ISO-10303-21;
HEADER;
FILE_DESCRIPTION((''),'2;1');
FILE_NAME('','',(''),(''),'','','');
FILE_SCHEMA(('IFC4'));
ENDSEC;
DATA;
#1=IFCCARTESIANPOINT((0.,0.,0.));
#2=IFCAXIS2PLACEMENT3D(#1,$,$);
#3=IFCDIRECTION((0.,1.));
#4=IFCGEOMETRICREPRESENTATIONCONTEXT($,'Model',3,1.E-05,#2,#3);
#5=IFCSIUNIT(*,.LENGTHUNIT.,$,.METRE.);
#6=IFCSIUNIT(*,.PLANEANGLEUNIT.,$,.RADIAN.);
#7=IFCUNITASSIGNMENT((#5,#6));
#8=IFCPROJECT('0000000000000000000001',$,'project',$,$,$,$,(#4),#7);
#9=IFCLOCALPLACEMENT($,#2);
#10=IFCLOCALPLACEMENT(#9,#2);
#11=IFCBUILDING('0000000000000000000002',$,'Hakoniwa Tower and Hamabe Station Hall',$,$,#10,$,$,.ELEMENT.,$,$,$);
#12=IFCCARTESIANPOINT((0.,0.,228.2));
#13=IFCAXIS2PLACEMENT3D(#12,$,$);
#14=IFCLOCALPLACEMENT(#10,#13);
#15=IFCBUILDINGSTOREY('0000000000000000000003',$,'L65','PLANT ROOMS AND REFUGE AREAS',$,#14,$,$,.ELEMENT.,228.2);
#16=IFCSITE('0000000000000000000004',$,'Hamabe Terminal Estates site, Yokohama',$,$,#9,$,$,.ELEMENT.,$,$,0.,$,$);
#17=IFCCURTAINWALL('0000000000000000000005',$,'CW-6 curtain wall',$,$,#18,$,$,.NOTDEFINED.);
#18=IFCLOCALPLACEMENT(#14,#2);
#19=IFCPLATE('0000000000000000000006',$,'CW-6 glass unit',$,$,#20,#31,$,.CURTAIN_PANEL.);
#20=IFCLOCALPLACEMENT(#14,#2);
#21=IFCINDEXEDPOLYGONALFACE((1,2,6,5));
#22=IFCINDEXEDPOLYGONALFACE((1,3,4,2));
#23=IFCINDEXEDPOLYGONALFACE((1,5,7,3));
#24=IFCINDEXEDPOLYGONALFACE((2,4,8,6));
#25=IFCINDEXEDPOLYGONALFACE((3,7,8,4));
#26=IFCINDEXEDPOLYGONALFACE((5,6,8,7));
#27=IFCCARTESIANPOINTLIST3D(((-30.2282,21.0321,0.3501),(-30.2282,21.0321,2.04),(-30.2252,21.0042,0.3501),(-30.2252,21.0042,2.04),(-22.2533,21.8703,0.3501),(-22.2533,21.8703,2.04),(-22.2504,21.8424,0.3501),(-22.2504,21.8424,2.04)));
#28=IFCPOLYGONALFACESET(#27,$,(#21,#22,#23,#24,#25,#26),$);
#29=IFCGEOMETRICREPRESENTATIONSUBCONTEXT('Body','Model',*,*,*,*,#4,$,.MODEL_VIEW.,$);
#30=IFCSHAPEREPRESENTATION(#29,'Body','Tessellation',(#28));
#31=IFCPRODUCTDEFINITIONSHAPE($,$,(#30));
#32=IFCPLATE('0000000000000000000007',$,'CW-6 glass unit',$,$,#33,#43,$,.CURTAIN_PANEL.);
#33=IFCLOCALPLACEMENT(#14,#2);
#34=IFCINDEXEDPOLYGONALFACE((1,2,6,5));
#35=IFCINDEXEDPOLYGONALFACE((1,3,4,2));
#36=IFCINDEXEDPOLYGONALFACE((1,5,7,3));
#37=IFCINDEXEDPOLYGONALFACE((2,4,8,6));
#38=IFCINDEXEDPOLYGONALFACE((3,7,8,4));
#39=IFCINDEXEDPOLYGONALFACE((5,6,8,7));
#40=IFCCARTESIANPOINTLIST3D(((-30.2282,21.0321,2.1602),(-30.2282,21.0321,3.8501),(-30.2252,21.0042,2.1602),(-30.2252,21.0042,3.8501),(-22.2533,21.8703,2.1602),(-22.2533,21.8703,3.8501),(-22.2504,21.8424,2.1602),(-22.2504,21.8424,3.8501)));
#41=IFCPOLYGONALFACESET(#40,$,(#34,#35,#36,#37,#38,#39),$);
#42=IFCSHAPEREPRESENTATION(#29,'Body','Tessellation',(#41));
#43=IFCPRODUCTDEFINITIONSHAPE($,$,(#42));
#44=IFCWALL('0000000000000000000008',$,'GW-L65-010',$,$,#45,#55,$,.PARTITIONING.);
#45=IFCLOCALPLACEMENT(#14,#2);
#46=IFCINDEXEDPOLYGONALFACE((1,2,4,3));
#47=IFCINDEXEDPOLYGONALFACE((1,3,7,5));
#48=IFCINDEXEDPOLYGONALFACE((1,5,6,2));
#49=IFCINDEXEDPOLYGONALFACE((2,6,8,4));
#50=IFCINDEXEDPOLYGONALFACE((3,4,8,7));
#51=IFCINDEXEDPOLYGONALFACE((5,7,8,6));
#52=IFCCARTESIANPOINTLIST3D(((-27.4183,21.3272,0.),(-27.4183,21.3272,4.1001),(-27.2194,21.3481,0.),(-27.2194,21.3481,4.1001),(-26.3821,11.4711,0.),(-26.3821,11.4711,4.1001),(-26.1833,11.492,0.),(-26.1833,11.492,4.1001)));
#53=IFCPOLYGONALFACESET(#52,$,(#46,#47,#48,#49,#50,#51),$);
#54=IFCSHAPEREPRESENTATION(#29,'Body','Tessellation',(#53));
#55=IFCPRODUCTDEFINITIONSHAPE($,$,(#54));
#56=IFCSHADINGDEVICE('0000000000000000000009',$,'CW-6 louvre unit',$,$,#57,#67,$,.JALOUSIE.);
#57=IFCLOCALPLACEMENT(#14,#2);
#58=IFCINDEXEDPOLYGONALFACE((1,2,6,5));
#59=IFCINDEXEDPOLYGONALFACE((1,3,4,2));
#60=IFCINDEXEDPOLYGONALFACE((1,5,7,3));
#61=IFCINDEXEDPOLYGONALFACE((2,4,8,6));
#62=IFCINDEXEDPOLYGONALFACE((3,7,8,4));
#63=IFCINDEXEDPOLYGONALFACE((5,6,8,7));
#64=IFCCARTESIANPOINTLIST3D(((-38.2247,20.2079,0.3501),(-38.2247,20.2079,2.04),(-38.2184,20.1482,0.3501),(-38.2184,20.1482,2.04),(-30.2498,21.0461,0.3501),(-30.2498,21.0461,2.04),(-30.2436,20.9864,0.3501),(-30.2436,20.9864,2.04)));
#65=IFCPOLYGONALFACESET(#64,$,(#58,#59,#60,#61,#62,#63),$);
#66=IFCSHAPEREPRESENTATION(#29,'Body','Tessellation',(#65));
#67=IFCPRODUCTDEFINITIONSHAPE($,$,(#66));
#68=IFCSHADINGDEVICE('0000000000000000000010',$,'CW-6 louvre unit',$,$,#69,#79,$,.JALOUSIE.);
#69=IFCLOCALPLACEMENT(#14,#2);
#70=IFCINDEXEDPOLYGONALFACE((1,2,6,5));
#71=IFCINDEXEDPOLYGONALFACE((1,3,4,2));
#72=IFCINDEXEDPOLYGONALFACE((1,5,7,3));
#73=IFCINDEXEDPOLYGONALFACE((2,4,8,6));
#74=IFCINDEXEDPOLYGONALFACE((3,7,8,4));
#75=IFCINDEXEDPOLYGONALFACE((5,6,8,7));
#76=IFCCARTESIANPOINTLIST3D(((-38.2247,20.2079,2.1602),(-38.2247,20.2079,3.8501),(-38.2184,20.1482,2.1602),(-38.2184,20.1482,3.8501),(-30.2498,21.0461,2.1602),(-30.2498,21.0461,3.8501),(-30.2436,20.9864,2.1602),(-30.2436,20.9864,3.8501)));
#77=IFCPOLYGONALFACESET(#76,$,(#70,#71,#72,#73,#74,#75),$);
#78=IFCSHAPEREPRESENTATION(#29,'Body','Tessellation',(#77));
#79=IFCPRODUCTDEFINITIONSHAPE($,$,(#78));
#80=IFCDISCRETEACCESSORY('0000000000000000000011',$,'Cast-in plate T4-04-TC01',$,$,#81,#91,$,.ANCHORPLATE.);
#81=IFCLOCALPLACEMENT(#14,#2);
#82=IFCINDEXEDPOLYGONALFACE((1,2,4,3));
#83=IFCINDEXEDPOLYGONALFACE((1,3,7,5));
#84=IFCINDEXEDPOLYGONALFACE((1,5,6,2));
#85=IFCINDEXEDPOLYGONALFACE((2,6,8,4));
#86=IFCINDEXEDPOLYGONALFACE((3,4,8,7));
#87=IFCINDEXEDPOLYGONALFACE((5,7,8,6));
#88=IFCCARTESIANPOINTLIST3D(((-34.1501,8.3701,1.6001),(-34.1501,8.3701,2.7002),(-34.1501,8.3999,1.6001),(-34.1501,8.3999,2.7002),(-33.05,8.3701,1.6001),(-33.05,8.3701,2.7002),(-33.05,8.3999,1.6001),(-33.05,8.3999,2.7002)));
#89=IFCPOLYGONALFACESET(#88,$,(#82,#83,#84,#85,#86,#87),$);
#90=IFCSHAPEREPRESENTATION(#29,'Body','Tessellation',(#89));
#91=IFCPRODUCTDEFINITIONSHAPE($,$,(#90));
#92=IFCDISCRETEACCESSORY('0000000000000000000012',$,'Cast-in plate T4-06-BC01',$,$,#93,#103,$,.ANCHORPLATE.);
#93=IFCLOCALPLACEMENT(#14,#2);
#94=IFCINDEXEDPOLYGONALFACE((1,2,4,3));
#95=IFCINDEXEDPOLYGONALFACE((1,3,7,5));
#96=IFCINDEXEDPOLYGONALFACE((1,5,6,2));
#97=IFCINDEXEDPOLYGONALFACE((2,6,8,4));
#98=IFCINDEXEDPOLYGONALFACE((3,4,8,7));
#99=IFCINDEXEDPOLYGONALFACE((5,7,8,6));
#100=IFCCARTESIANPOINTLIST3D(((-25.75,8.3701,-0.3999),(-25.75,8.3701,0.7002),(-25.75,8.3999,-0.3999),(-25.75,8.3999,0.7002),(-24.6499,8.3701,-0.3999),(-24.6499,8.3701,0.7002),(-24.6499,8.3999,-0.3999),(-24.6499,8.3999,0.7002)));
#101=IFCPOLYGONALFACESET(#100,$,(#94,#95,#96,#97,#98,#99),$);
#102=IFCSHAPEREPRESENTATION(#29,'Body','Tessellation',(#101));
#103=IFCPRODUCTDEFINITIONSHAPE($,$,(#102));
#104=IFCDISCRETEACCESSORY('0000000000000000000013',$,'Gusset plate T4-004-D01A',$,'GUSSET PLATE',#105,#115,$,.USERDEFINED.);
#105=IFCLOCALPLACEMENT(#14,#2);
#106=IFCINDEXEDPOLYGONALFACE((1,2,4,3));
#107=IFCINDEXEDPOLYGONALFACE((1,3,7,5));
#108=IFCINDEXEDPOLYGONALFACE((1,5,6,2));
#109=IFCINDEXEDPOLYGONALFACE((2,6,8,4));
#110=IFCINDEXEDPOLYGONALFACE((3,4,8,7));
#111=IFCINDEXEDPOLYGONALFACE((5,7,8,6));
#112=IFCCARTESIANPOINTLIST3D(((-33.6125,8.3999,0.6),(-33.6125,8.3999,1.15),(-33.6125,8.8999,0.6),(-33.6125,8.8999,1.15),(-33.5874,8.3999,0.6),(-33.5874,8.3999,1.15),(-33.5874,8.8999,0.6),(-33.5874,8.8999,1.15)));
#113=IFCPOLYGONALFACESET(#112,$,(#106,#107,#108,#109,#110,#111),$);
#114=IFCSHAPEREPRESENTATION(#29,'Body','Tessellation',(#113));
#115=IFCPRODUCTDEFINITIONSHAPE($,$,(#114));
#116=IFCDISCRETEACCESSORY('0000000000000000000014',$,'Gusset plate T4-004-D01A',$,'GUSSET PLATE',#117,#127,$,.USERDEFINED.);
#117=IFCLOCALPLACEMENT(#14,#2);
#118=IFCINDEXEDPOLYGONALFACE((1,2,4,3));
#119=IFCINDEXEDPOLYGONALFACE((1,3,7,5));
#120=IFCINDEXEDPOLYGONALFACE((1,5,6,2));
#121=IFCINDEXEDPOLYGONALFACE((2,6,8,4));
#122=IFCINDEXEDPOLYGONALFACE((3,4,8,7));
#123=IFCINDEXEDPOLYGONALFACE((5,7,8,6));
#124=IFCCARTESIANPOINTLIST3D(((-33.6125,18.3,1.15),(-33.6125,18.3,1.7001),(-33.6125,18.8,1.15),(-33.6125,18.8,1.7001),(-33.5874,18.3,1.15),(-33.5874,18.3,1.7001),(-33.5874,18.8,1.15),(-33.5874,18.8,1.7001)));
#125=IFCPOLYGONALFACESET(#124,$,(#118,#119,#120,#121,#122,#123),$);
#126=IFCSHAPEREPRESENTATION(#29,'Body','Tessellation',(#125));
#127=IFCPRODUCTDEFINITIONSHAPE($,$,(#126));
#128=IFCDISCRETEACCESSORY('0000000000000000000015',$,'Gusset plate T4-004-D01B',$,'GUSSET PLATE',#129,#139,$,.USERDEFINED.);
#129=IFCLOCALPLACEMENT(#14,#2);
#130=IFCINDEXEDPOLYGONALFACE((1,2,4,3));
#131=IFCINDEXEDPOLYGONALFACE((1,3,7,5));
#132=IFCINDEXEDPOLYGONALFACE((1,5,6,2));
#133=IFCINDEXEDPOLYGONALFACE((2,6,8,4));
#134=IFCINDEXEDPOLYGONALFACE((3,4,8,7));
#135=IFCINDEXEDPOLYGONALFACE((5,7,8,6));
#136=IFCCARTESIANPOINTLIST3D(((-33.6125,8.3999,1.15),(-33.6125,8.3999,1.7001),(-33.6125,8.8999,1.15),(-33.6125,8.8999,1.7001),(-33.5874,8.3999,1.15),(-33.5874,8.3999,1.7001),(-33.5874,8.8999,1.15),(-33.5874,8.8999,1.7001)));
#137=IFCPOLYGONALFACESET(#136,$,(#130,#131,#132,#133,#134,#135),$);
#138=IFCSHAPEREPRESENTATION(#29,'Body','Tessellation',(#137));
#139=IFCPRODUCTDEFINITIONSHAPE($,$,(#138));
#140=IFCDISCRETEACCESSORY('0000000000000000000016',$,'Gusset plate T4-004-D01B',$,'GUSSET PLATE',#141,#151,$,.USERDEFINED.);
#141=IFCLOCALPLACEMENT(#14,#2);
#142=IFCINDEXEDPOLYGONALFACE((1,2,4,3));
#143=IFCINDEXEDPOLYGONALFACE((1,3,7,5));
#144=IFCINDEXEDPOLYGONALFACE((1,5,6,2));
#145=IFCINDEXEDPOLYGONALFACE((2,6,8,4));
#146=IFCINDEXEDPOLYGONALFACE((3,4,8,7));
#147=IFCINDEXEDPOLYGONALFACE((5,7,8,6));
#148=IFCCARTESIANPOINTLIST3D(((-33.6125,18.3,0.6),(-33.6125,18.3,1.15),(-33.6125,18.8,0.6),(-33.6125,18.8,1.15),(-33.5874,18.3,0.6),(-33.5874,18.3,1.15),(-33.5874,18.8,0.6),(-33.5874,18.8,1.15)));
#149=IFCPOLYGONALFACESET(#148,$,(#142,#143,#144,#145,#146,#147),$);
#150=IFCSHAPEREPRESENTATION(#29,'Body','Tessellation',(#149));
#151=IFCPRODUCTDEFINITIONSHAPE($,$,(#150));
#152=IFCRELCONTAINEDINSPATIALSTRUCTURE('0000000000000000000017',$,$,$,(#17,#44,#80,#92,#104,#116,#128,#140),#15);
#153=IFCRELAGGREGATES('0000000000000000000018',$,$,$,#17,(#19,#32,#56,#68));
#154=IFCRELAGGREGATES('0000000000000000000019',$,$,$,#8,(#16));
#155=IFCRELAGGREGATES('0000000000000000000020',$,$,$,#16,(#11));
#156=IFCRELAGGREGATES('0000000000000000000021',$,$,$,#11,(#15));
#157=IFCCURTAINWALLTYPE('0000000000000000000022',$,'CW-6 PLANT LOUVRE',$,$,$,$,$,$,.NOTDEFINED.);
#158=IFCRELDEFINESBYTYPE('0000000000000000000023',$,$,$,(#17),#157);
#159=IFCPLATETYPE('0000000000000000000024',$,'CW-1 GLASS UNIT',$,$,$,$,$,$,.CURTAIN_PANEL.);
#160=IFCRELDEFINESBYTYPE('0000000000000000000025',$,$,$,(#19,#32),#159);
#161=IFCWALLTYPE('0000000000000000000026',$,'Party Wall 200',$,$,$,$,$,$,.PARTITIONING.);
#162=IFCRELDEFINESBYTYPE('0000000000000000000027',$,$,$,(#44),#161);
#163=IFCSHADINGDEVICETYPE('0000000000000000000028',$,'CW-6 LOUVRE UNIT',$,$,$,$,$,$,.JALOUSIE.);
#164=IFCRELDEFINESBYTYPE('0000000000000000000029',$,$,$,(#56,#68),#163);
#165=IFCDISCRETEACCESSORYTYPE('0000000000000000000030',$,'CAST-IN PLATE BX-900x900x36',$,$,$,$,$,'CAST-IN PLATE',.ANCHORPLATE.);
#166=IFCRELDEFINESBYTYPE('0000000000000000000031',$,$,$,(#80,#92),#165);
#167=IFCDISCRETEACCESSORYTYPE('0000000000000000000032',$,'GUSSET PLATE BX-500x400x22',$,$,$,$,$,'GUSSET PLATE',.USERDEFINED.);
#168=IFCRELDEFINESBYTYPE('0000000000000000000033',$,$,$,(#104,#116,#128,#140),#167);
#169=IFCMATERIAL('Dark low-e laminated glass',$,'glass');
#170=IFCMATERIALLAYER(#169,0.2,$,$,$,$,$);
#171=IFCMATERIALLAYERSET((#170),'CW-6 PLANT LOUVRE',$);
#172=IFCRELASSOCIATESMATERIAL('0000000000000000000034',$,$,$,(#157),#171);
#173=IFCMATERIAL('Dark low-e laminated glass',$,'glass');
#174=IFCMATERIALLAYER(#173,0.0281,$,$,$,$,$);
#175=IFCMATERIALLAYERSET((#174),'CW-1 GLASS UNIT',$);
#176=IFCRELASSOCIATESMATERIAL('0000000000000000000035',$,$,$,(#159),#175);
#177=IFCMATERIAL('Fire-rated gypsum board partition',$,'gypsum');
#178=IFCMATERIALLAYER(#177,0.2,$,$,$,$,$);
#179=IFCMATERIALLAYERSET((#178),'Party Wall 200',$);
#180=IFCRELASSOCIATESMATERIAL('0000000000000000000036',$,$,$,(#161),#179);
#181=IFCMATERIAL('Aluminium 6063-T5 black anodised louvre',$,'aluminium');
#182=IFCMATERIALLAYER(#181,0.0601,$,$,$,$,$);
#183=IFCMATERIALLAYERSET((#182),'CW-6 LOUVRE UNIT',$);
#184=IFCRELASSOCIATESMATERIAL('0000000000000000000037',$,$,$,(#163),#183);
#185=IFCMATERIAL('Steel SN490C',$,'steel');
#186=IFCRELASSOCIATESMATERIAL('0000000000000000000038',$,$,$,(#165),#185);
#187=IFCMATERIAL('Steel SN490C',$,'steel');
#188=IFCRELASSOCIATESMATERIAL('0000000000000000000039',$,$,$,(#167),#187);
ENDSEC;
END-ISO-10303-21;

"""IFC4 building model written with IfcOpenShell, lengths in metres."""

from ifc_helpers import new_model, si_unit, direction, frame, frame_2d, origin, origin_2d, place, context, subcontext, project, spatial, rectangle, extrude, material, layer, layer_set, material_profile, profile_set, type_object, element, aggregate, save


model = new_model("IFC4")

# Units and contexts
model_context = context("Model", 3, precision=1e-05, world=origin(), true_north=direction((0.0, 1.0)))
body_context = subcontext(model_context, "Body", "Model", "MODEL_VIEW")
ifc_project = project(units=[si_unit("LENGTHUNIT", "METRE"), si_unit("PLANEANGLEUNIT", "RADIAN")], contexts=[model_context])

# Site, building, storey
site_placement = place(None, origin())
site = spatial("IfcSite", under=ifc_project, at=site_placement, Name="Hamabe Terminal Estates site, Yokohama", CompositionType="ELEMENT", RefElevation=0.0)
building_placement = place(site_placement, origin())
building = spatial("IfcBuilding", under=site, at=building_placement, Name="Hakoniwa Tower and Hamabe Station Hall", CompositionType="ELEMENT")
storey_placement = place(building_placement, frame((0.0, 0.0, 228.2)))
storey = spatial("IfcBuildingStorey", under=building, at=storey_placement, Name="L65", Description="PLANT ROOMS AND REFUGE AREAS", CompositionType="ELEMENT", Elevation=228.2)

# Curtain wall
ifc_material_1 = material(Name="Dark low-e laminated glass", Category="glass")
ifc_layer_1 = layer(ifc_material_1, 0.2)
ifc_layer_set_1 = layer_set([ifc_layer_1], Name="CW-6 PLANT LOUVRE")
curtain_wall_type = type_object("IfcCurtainWallType", Name="CW-6 PLANT LOUVRE", PredefinedType="NOTDEFINED", material=ifc_layer_set_1)
curtain_wall_placement = place(storey_placement, origin())
curtain_wall = element("IfcCurtainWall", 1, at=curtain_wall_placement, inside=storey, type_object=curtain_wall_type, Name="CW-6 curtain wall", PredefinedType="NOTDEFINED")

# Plates
ifc_material_2 = material(Name="Dark low-e laminated glass", Category="glass")
ifc_layer_2 = layer(ifc_material_2, 0.0281)
ifc_layer_set_2 = layer_set([ifc_layer_2], Name="CW-1 GLASS UNIT")
plate_type = type_object("IfcPlateType", Name="CW-1 GLASS UNIT", PredefinedType="CURTAIN_PANEL", material=ifc_layer_set_2)
plate_1_placement = place(storey_placement, frame((-26.2393, 21.4373, 0.3501), z_axis=(0.0, 0.0, 1.0), x_axis=(-0.994522, -0.104528, 0.0)))
plate_1 = element("IfcPlate", 2, at=plate_1_placement, type_object=plate_type, Name="CW-6 glass unit", PredefinedType="CURTAIN_PANEL", context=body_context, shape_type="SweptSolid", body=[
    extrude(rectangle(XDim=8.0188, YDim=0.0281, at=origin_2d()), origin(), (0.0, 0.0, 1.0), 1.6899),
])
plate_2_placement = place(storey_placement, frame((-26.2393, 21.4373, 2.1602), z_axis=(0.0, 0.0, 1.0), x_axis=(-0.994522, -0.104528, 0.0)))
plate_2 = element("IfcPlate", 3, at=plate_2_placement, type_object=plate_type, Name="CW-6 glass unit", PredefinedType="CURTAIN_PANEL", context=body_context, shape_type="SweptSolid", body=[
    extrude(rectangle(XDim=8.0188, YDim=0.0281, at=origin_2d()), origin(), (0.0, 0.0, 1.0), 1.6899),
])

# Wall
ifc_material_3 = material(Name="Fire-rated gypsum board partition", Category="gypsum")
ifc_layer_3 = layer(ifc_material_3, 0.2)
ifc_layer_set_3 = layer_set([ifc_layer_3], Name="Party Wall 200")
wall_type = type_object("IfcWallType", Name="Party Wall 200", PredefinedType="PARTITIONING", material=ifc_layer_set_3)
wall_placement = place(storey_placement, frame((-26.2827, 11.4817, 0.0), z_axis=(0.0, 0.0, 1.0), x_axis=(-0.104549, 0.99452, 0.0)))
element("IfcWall", 4, at=wall_placement, inside=storey, type_object=wall_type, Name="GW-L65-010", PredefinedType="PARTITIONING", context=body_context, shape_type="SweptSolid", body=[
    extrude(rectangle(XDim=9.9104, YDim=0.2, at=frame_2d((4.9551, 0.0))), origin(), (0.0, 0.0, 1.0), 4.1001),
])

# Shading devices
ifc_material_4 = material(Name="Aluminium 6063-T5 black anodised louvre", Category="aluminium")
ifc_layer_4 = layer(ifc_material_4, 0.0601)
ifc_layer_set_4 = layer_set([ifc_layer_4], Name="CW-6 LOUVRE UNIT")
shading_device_type = type_object("IfcShadingDeviceType", Name="CW-6 LOUVRE UNIT", PredefinedType="JALOUSIE", material=ifc_layer_set_4)
shading_device_1_placement = place(storey_placement, frame((-34.2341, 20.5972, 0.3501), z_axis=(0.0, 0.0, 1.0), x_axis=(-0.994522, -0.104528, 0.0)))
shading_device_1 = element("IfcShadingDevice", 5, at=shading_device_1_placement, type_object=shading_device_type, Name="CW-6 louvre unit", PredefinedType="JALOUSIE", context=body_context, shape_type="SweptSolid", body=[
    extrude(rectangle(XDim=8.0188, YDim=0.0601, at=origin_2d()), origin(), (0.0, 0.0, 1.0), 1.6899),
])
shading_device_2_placement = place(storey_placement, frame((-34.2341, 20.5972, 2.1602), z_axis=(0.0, 0.0, 1.0), x_axis=(-0.994522, -0.104528, 0.0)))
shading_device_2 = element("IfcShadingDevice", 6, at=shading_device_2_placement, type_object=shading_device_type, Name="CW-6 louvre unit", PredefinedType="JALOUSIE", context=body_context, shape_type="SweptSolid", body=[
    extrude(rectangle(XDim=8.0188, YDim=0.0601, at=origin_2d()), origin(), (0.0, 0.0, 1.0), 1.6899),
])
aggregate(curtain_wall, [plate_1, plate_2, shading_device_1, shading_device_2])

# Discrete accessories
ifc_material_5 = material(Name="Steel SN490C", Category="steel")
ifc_material_profile_1 = material_profile(ifc_material_5, rectangle(XDim=1.1001, YDim=1.1001, at=origin_2d()), Name="CAST-IN PLATE BX-900x900x36")
ifc_profile_set_1 = profile_set([ifc_material_profile_1], Name="Steel SN490C")
discrete_accessory_type_1 = type_object("IfcDiscreteAccessoryType", Name="CAST-IN PLATE BX-900x900x36", ElementType="CAST-IN PLATE", PredefinedType="ANCHORPLATE", material=ifc_profile_set_1)
for number, where, z_axis, x_axis, name in (
    (7, (-33.6001, 8.3701, 2.1501), (0.0, 1.0, 0.0), (-1.0, 0.0, 0.0), "Cast-in plate T4-04-TC01"),
    (8, (-25.2, 8.3701, 0.1501), (0.0, 1.0, 0.0), (-1.0, 0.0, 0.0), "Cast-in plate T4-06-BC01"),
):
    element("IfcDiscreteAccessory", number, at=place(storey_placement, frame(where, z_axis=z_axis, x_axis=x_axis)), inside=storey, type_object=discrete_accessory_type_1, Name=name, PredefinedType="ANCHORPLATE", context=body_context, shape_type="SweptSolid", body=[
        extrude(rectangle(XDim=1.1001, YDim=1.1001, at=origin_2d()), origin(), (0.0, 0.0, 1.0), 0.0298),
    ])
ifc_material_6 = material(Name="Steel SN490C", Category="steel")
ifc_material_profile_2 = material_profile(ifc_material_6, rectangle(XDim=0.5, YDim=0.55, at=origin_2d()), Name="GUSSET PLATE BX-500x400x22")
ifc_profile_set_2 = profile_set([ifc_material_profile_2], Name="Steel SN490C")
discrete_accessory_type_2 = type_object("IfcDiscreteAccessoryType", Name="GUSSET PLATE BX-500x400x22", ElementType="GUSSET PLATE", PredefinedType="USERDEFINED", material=ifc_profile_set_2)
for number, where, z_axis, x_axis, name in (
    (9, (-33.5874, 8.6499, 0.875), (-1.0, 0.0, 0.0), (0.0, -1.0, 0.0), "Gusset plate T4-004-D01A"),
    (10, (-33.5874, 18.55, 1.425), (-1.0, 0.0, 0.0), (0.0, -1.0, 0.0), "Gusset plate T4-004-D01A"),
    (11, (-33.5874, 8.6499, 1.425), (-1.0, 0.0, 0.0), (0.0, -1.0, 0.0), "Gusset plate T4-004-D01B"),
    (12, (-33.5874, 18.55, 0.875), (-1.0, 0.0, 0.0), (0.0, -1.0, 0.0), "Gusset plate T4-004-D01B"),
):
    element("IfcDiscreteAccessory", number, at=place(storey_placement, frame(where, z_axis=z_axis, x_axis=x_axis)), inside=storey, type_object=discrete_accessory_type_2, Name=name, ObjectType="GUSSET PLATE", PredefinedType="USERDEFINED", context=body_context, shape_type="SweptSolid", body=[
        extrude(rectangle(XDim=0.5, YDim=0.55, at=origin_2d()), origin(), (0.0, 0.0, 1.0), 0.0251),
    ])

save(model, "model.ifc")
